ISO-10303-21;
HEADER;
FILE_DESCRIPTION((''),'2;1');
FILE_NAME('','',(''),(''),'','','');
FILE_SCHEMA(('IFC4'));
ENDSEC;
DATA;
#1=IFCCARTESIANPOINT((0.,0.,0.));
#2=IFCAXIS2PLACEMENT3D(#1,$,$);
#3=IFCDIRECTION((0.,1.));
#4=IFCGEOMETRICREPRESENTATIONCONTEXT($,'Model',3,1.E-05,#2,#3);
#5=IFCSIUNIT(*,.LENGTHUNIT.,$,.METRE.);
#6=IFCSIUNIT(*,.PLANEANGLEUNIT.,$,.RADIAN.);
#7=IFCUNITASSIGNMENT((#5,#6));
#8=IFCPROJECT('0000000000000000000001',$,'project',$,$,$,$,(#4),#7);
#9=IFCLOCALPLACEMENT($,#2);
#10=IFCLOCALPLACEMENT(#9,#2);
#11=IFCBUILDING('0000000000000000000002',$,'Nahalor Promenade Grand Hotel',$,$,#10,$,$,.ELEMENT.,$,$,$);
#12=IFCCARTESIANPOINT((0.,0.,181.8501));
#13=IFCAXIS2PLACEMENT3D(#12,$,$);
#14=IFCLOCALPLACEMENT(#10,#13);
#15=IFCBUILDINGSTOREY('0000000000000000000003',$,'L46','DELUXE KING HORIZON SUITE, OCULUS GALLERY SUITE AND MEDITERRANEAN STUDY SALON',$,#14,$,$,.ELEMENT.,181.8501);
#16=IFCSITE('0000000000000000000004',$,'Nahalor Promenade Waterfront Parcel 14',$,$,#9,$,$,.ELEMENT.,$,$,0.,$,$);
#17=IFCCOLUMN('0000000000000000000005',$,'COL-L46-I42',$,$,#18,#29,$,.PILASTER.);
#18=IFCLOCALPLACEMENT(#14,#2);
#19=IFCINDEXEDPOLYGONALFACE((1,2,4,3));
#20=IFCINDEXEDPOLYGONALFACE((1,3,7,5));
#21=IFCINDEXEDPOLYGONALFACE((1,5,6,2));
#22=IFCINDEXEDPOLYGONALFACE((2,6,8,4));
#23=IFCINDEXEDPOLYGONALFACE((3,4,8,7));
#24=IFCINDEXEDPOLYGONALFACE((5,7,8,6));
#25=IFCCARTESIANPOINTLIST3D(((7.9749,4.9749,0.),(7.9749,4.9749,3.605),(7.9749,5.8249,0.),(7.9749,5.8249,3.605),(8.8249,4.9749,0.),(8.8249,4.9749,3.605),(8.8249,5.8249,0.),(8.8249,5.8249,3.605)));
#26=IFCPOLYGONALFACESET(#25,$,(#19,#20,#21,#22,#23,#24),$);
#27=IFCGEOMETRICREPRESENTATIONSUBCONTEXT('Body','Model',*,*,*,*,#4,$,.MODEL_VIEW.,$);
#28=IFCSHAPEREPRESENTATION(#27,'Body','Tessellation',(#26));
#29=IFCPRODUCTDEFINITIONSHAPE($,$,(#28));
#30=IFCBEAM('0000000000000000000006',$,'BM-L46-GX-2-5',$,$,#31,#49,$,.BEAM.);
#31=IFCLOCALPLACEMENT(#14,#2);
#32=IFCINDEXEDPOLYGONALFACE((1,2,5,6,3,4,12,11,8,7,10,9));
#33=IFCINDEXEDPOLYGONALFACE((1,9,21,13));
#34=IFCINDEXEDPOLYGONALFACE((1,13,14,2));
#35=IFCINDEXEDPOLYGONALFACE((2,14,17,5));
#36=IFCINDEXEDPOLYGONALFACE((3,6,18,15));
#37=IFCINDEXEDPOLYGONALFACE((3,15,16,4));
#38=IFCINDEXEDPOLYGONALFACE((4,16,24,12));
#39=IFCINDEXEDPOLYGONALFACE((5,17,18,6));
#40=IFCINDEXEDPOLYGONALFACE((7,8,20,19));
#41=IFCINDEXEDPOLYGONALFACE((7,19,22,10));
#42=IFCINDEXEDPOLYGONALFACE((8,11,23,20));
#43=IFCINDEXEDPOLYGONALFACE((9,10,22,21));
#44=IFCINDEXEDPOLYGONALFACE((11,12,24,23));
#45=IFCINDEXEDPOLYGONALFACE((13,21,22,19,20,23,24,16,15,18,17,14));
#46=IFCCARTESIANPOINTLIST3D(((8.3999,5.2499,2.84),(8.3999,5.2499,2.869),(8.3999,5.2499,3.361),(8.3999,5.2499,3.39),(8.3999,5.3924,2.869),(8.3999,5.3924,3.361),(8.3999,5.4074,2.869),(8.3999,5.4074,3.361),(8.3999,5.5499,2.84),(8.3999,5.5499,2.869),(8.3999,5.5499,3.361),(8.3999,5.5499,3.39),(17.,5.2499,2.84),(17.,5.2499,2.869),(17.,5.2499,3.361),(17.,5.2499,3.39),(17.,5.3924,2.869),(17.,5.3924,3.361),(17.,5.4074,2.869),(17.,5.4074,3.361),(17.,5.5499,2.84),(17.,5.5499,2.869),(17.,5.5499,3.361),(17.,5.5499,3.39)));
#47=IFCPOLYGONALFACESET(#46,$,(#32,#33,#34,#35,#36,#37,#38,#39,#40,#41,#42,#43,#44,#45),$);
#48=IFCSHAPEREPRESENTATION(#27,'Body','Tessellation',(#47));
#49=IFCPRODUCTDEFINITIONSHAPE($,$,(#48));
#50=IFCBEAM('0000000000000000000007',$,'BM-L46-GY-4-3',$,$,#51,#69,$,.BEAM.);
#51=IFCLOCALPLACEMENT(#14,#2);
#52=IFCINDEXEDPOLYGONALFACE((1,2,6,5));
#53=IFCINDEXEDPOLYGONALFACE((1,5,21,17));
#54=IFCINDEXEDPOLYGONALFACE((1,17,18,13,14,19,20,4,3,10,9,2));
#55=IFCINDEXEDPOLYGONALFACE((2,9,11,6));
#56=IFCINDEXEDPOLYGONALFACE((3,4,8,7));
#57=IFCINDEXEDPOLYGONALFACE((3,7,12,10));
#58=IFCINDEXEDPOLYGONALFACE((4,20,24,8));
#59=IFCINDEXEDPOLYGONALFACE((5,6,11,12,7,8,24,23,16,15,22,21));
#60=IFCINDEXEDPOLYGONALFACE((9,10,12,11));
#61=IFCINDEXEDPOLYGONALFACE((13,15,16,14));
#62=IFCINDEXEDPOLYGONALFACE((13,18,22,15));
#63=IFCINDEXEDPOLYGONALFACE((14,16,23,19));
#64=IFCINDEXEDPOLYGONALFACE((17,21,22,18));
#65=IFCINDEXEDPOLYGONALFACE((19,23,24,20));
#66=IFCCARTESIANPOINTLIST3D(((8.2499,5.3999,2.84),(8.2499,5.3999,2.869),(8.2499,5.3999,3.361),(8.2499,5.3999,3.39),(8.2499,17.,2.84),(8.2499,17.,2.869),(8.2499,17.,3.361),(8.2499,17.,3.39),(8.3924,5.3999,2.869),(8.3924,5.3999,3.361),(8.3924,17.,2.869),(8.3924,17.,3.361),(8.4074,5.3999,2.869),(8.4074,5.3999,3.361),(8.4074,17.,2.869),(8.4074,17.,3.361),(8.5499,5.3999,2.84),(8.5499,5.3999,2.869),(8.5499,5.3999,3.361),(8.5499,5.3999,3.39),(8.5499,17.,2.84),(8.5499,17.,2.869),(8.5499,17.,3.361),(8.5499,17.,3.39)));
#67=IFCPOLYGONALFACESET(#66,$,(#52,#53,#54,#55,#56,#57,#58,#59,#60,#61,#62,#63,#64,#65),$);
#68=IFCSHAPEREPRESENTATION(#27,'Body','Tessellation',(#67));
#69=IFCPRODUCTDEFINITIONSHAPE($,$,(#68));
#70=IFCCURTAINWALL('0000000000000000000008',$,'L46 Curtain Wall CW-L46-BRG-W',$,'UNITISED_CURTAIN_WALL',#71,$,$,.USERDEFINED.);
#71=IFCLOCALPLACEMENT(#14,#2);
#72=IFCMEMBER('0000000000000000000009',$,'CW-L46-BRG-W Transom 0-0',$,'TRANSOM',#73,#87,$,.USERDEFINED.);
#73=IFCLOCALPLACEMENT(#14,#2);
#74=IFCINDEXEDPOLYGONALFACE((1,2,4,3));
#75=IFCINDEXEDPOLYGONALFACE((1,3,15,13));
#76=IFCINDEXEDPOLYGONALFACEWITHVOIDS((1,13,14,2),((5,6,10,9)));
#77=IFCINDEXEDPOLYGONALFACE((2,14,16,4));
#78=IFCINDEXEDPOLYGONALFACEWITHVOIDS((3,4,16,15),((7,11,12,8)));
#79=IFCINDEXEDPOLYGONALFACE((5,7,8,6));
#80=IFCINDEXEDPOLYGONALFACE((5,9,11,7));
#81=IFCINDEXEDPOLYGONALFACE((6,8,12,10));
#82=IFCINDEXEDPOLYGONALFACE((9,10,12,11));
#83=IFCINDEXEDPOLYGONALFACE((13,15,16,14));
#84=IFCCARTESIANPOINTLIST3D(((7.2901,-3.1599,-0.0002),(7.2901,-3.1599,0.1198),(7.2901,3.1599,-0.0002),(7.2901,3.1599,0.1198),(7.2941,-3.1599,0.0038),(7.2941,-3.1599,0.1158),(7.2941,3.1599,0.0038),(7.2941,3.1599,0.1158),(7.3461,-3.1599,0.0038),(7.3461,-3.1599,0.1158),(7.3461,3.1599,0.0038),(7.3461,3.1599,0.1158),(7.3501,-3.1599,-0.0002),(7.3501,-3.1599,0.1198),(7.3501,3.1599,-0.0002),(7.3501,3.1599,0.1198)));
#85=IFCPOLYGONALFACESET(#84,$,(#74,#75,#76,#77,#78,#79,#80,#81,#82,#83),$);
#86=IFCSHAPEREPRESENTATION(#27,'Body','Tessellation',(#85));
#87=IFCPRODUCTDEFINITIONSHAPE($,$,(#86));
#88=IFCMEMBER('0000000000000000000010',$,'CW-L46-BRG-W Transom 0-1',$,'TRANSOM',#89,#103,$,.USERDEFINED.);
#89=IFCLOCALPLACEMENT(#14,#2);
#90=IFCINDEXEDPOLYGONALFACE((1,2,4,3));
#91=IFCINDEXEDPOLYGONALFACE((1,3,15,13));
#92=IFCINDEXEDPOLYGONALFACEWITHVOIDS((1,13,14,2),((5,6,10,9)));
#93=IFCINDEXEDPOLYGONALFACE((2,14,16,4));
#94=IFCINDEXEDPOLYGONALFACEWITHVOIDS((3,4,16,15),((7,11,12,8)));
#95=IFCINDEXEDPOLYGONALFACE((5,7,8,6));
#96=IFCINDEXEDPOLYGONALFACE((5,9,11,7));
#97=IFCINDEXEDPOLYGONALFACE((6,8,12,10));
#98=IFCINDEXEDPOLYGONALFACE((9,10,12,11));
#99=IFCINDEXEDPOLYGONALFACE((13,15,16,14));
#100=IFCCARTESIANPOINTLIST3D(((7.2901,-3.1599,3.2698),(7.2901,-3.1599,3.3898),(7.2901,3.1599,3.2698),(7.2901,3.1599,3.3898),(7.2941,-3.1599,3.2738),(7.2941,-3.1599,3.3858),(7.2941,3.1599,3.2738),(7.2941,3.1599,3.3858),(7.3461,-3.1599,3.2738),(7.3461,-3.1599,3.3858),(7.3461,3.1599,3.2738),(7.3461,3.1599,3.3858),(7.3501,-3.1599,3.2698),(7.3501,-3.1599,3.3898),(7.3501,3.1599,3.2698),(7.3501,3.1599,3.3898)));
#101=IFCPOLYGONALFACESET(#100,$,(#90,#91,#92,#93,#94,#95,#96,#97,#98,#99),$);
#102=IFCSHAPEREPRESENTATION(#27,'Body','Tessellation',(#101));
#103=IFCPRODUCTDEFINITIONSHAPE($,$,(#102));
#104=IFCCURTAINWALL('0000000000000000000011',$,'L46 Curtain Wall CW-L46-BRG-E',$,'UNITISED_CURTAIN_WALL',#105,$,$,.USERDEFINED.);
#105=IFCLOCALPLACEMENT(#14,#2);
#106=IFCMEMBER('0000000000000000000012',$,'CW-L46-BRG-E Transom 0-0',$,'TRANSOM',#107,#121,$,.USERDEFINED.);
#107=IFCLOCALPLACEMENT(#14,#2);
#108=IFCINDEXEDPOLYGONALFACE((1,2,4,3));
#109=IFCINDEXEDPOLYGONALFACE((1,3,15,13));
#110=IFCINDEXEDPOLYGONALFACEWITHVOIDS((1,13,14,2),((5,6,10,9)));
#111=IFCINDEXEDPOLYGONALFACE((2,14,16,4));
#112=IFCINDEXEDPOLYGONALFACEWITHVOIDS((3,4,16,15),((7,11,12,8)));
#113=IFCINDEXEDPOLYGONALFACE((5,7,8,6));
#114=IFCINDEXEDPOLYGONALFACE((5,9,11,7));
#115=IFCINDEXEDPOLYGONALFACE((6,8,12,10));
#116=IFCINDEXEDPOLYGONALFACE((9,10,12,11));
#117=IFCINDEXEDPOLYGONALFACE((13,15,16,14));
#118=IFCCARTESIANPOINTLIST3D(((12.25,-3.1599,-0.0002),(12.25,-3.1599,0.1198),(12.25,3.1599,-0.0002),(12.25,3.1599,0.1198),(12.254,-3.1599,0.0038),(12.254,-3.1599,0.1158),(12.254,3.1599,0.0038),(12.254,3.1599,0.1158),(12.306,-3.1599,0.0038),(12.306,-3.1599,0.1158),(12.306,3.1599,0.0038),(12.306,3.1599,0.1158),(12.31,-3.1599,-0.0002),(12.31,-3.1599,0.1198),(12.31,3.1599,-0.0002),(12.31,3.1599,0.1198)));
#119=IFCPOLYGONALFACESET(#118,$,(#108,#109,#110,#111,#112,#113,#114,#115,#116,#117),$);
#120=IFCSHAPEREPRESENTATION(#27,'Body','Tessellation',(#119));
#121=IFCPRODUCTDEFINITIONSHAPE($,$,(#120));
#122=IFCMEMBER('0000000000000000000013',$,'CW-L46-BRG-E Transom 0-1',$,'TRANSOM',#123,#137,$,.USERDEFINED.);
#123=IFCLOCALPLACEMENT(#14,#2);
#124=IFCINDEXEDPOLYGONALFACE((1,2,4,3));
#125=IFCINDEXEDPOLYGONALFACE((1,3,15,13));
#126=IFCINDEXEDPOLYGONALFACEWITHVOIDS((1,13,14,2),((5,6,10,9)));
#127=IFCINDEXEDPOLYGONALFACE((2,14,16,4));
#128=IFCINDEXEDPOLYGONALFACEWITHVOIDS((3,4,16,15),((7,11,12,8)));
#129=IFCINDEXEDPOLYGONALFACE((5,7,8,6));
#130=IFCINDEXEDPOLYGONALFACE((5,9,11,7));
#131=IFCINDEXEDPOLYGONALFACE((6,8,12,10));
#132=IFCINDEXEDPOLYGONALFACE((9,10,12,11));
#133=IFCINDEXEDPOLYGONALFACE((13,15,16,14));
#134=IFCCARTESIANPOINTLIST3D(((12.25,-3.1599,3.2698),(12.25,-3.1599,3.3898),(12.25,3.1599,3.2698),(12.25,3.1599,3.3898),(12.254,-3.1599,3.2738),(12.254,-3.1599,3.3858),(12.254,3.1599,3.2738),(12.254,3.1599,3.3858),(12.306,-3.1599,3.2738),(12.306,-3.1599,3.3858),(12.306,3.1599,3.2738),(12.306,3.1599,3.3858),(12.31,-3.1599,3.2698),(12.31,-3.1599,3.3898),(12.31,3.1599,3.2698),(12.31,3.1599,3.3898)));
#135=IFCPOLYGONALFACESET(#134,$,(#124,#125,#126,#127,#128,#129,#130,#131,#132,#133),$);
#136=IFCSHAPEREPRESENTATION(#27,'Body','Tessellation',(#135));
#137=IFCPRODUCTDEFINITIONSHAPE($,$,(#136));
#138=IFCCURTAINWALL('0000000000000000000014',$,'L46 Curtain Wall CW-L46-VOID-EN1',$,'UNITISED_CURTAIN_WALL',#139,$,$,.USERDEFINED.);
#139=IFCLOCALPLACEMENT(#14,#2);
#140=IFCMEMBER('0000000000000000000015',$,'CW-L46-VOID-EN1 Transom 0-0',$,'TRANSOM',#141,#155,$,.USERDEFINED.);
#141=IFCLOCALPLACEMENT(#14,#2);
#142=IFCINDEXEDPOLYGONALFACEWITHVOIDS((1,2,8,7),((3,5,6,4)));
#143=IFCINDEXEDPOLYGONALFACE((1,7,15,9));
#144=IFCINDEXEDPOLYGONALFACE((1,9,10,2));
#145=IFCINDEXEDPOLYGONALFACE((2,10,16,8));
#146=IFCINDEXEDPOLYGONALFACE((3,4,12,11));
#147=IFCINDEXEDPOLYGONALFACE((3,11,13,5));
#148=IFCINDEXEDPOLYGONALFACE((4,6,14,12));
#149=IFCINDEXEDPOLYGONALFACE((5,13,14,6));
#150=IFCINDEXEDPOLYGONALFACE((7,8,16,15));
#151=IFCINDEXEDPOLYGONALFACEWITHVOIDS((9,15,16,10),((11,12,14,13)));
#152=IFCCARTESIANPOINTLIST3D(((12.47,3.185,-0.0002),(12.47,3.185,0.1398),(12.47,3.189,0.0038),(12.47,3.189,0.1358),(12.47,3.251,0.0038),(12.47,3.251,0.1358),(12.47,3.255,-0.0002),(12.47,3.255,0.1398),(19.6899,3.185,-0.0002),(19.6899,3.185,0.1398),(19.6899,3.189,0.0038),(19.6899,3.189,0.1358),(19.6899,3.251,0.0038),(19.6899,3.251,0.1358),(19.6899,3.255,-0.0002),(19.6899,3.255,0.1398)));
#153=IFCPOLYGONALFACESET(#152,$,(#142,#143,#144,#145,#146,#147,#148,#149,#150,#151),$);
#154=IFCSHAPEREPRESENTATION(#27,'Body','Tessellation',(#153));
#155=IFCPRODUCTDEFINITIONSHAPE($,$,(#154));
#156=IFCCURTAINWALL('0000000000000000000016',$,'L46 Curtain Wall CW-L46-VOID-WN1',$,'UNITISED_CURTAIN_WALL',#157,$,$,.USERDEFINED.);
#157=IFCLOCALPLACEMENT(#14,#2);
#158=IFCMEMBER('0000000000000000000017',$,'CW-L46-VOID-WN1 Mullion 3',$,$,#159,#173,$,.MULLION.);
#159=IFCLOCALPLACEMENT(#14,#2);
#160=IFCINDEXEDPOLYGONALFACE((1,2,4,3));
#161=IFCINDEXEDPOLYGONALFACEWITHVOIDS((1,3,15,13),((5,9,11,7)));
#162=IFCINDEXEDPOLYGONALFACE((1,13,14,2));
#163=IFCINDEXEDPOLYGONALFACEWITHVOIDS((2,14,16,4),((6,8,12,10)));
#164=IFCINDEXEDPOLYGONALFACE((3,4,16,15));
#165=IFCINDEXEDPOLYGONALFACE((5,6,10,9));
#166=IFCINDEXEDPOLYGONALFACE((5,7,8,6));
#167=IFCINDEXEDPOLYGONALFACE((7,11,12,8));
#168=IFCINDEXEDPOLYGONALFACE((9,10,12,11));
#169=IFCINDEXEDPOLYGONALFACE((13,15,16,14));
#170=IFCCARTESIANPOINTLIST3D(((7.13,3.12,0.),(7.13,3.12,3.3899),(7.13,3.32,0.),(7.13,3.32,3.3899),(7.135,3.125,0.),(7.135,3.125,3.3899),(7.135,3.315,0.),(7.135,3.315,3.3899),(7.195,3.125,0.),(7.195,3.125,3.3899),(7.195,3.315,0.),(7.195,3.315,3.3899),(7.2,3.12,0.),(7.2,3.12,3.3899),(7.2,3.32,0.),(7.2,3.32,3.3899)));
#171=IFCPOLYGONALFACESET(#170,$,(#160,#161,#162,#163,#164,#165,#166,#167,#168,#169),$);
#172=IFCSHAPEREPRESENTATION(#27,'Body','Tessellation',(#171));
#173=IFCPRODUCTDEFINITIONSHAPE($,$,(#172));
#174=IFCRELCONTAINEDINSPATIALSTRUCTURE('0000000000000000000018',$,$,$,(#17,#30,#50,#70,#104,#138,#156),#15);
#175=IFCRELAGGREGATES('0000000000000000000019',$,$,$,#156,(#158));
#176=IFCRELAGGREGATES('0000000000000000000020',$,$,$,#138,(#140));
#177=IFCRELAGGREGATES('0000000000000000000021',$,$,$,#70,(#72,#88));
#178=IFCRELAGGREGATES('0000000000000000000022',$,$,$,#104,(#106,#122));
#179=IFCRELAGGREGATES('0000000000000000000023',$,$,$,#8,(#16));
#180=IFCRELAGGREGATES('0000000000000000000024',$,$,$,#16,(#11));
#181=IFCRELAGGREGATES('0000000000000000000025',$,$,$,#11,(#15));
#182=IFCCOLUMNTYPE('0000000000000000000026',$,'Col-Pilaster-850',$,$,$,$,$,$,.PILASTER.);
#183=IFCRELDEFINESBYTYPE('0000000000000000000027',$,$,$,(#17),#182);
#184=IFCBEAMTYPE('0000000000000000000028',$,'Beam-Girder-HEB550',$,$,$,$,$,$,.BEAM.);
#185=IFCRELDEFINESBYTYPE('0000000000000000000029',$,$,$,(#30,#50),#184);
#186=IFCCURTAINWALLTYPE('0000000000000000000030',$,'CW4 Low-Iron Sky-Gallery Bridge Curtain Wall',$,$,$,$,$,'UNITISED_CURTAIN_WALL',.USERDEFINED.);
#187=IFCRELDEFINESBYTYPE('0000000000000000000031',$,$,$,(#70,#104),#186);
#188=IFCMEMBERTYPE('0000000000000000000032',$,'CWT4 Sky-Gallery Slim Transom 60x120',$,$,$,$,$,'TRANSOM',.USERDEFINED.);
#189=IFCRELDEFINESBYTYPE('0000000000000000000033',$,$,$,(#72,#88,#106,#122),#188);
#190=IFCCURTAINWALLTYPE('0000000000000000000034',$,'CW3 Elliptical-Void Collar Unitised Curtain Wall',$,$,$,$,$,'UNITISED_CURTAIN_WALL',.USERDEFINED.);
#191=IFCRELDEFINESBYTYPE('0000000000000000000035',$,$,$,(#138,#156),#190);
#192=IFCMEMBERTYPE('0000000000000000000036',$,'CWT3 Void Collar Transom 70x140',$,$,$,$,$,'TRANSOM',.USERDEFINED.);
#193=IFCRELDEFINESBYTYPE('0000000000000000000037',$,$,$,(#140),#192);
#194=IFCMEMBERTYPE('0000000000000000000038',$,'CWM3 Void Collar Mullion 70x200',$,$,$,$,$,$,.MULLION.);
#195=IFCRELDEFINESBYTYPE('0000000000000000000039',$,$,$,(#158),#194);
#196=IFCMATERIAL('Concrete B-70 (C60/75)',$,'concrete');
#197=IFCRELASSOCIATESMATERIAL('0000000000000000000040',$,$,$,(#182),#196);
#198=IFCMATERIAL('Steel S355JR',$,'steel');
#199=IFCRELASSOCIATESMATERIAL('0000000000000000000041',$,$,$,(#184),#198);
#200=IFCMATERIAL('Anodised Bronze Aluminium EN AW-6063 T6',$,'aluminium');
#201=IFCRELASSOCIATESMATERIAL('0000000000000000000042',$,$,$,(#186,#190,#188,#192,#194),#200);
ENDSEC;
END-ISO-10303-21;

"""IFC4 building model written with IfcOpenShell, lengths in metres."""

from ifc_helpers import new_model, si_unit, direction, frame, origin, origin_2d, place, context, subcontext, project, spatial, rectangle, hollow_rectangle, i_section, extrude, source, transform, mapped, material, material_profile, profile_set, type_object, element, aggregate, save


model = new_model("IFC4")

# Units and contexts
model_context = context("Model", 3, precision=1e-05, world=origin(), true_north=direction((0.0, 1.0)))
body_context = subcontext(model_context, "Body", "Model", "MODEL_VIEW")
ifc_project = project(units=[si_unit("LENGTHUNIT", "METRE"), si_unit("PLANEANGLEUNIT", "RADIAN")], contexts=[model_context])

# Site, building, storey
site_placement = place(None, origin())
site = spatial("IfcSite", under=ifc_project, at=site_placement, Name="Nahalor Promenade Waterfront Parcel 14", CompositionType="ELEMENT", RefElevation=0.0)
building_placement = place(site_placement, origin())
building = spatial("IfcBuilding", under=site, at=building_placement, Name="Nahalor Promenade Grand Hotel", CompositionType="ELEMENT")
storey_placement = place(building_placement, frame((0.0, 0.0, 181.8501)))
storey = spatial("IfcBuildingStorey", under=building, at=storey_placement, Name="L46", Description="DELUXE KING HORIZON SUITE, OCULUS GALLERY SUITE AND MEDITERRANEAN STUDY SALON", CompositionType="ELEMENT", Elevation=181.8501)

# Column
ifc_material_1 = material(Name="Concrete B-70 (C60/75)", Category="concrete")
ifc_material_profile_1 = material_profile(ifc_material_1, rectangle(XDim=0.85, YDim=0.85, at=origin_2d()), Name="RC 850x850")
ifc_profile_set_1 = profile_set([ifc_material_profile_1], Name="Concrete B-70 (C60/75)")
column_type = type_object("IfcColumnType", Name="Col-Pilaster-850", PredefinedType="PILASTER", material=ifc_profile_set_1)
shared_shape_1 = source(origin(), body_context, "Body", "SweptSolid", [
    extrude(rectangle(XDim=0.85, YDim=0.85, at=origin_2d()), origin(), (0.0, 0.0, 1.0), 3.605),
])
column_placement = place(storey_placement, frame((8.3999, 5.3999, 0.0), z_axis=(0.0, 0.0, 1.0), x_axis=(1.0, 0.0, 0.0)))
element("IfcColumn", 1, at=column_placement, inside=storey, type_object=column_type, Name="COL-L46-I42", PredefinedType="PILASTER", context=body_context, shape_type="MappedRepresentation", body=[
    mapped(shared_shape_1, transform((0.0, 0.0, 0.0), scale=1.0)),
])

# Beams
ifc_material_2 = material(Name="Steel S355JR", Category="steel")
ifc_material_profile_2 = material_profile(ifc_material_2, i_section(OverallWidth=0.3, OverallDepth=0.55, WebThickness=0.015, FlangeThickness=0.029, at=origin_2d()), Name="HEB 550")
ifc_profile_set_2 = profile_set([ifc_material_profile_2], Name="Steel S355JR")
beam_type = type_object("IfcBeamType", Name="Beam-Girder-HEB550", PredefinedType="BEAM", material=ifc_profile_set_2)
shared_shape_2 = source(origin(), body_context, "Body", "SweptSolid", [
    extrude(i_section(OverallWidth=0.3, OverallDepth=0.55, WebThickness=0.015, FlangeThickness=0.029, at=origin_2d()), origin(), (0.0, 0.0, 1.0), 8.6001),
])
beam_1_placement = place(storey_placement, frame((8.3999, 5.3999, 3.115), z_axis=(1.0, 0.0, 0.0), x_axis=(0.0, 1.0, 0.0)))
element("IfcBeam", 2, at=beam_1_placement, inside=storey, type_object=beam_type, Name="BM-L46-GX-2-5", PredefinedType="BEAM", context=body_context, shape_type="MappedRepresentation", body=[
    mapped(shared_shape_2, transform((0.0, 0.0, 0.0), scale=1.0)),
])
shared_shape_3 = source(origin(), body_context, "Body", "SweptSolid", [
    extrude(i_section(OverallWidth=0.3, OverallDepth=0.55, WebThickness=0.015, FlangeThickness=0.029, at=origin_2d()), origin(), (0.0, 0.0, 1.0), 11.6001),
])
beam_2_placement = place(storey_placement, frame((8.3999, 5.3999, 3.115), z_axis=(0.0, 1.0, 0.0), x_axis=(-1.0, 0.0, 0.0)))
element("IfcBeam", 3, at=beam_2_placement, inside=storey, type_object=beam_type, Name="BM-L46-GY-4-3", PredefinedType="BEAM", context=body_context, shape_type="MappedRepresentation", body=[
    mapped(shared_shape_3, transform((0.0, 0.0, 0.0), scale=1.0)),
])

# Curtain walls, members
ifc_material_3 = material(Name="Anodised Bronze Aluminium EN AW-6063 T6", Category="aluminium")
curtain_wall_type_1 = type_object("IfcCurtainWallType", Name="CW4 Low-Iron Sky-Gallery Bridge Curtain Wall", ElementType="UNITISED_CURTAIN_WALL", PredefinedType="USERDEFINED", material=ifc_material_3)
curtain_wall_1_placement = place(storey_placement, origin())
curtain_wall_1 = element("IfcCurtainWall", 4, at=curtain_wall_1_placement, inside=storey, type_object=curtain_wall_type_1, Name="L46 Curtain Wall CW-L46-BRG-W", ObjectType="UNITISED_CURTAIN_WALL", PredefinedType="USERDEFINED")
ifc_material_profile_3 = material_profile(ifc_material_3, hollow_rectangle(XDim=0.06, YDim=0.12, WallThickness=0.004, at=origin_2d()), Name="CWT 60x120x4")
ifc_profile_set_3 = profile_set([ifc_material_profile_3], Name="Anodised Bronze Aluminium EN AW-6063 T6")
member_type_1 = type_object("IfcMemberType", Name="CWT4 Sky-Gallery Slim Transom 60x120", ElementType="TRANSOM", PredefinedType="USERDEFINED", material=ifc_profile_set_3)
shared_shape_4 = source(origin(), body_context, "Body", "SweptSolid", [
    extrude(hollow_rectangle(XDim=0.06, YDim=0.12, WallThickness=0.004, at=origin_2d()), origin(), (0.0, 0.0, 1.0), 6.3198),
])
member_1_placement = place(storey_placement, frame((7.3201, -3.1599, 0.0598), z_axis=(0.0, 1.0, 0.0), x_axis=(-1.0, 0.0, 0.0)))
member_1 = element("IfcMember", 5, at=member_1_placement, type_object=member_type_1, Name="CW-L46-BRG-W Transom 0-0", ObjectType="TRANSOM", PredefinedType="USERDEFINED", context=body_context, shape_type="MappedRepresentation", body=[
    mapped(shared_shape_4, transform((0.0, 0.0, 0.0), scale=1.0)),
])
member_2_placement = place(storey_placement, frame((7.3201, -3.1599, 3.3298), z_axis=(0.0, 1.0, 0.0), x_axis=(-1.0, 0.0, 0.0)))
member_2 = element("IfcMember", 6, at=member_2_placement, type_object=member_type_1, Name="CW-L46-BRG-W Transom 0-1", ObjectType="TRANSOM", PredefinedType="USERDEFINED", context=body_context, shape_type="MappedRepresentation", body=[
    mapped(shared_shape_4, transform((0.0, 0.0, 0.0), scale=1.0)),
])
curtain_wall_2_placement = place(storey_placement, origin())
curtain_wall_2 = element("IfcCurtainWall", 7, at=curtain_wall_2_placement, inside=storey, type_object=curtain_wall_type_1, Name="L46 Curtain Wall CW-L46-BRG-E", ObjectType="UNITISED_CURTAIN_WALL", PredefinedType="USERDEFINED")
member_3_placement = place(storey_placement, frame((12.28, -3.1599, 0.0598), z_axis=(0.0, 1.0, 0.0), x_axis=(-1.0, 0.0, 0.0)))
member_3 = element("IfcMember", 8, at=member_3_placement, type_object=member_type_1, Name="CW-L46-BRG-E Transom 0-0", ObjectType="TRANSOM", PredefinedType="USERDEFINED", context=body_context, shape_type="MappedRepresentation", body=[
    mapped(shared_shape_4, transform((0.0, 0.0, 0.0), scale=1.0)),
])
member_4_placement = place(storey_placement, frame((12.28, -3.1599, 3.3298), z_axis=(0.0, 1.0, 0.0), x_axis=(-1.0, 0.0, 0.0)))
member_4 = element("IfcMember", 9, at=member_4_placement, type_object=member_type_1, Name="CW-L46-BRG-E Transom 0-1", ObjectType="TRANSOM", PredefinedType="USERDEFINED", context=body_context, shape_type="MappedRepresentation", body=[
    mapped(shared_shape_4, transform((0.0, 0.0, 0.0), scale=1.0)),
])

# Curtain walls, members
curtain_wall_type_2 = type_object("IfcCurtainWallType", Name="CW3 Elliptical-Void Collar Unitised Curtain Wall", ElementType="UNITISED_CURTAIN_WALL", PredefinedType="USERDEFINED", material=ifc_material_3)
curtain_wall_3_placement = place(storey_placement, origin())
curtain_wall_3 = element("IfcCurtainWall", 10, at=curtain_wall_3_placement, inside=storey, type_object=curtain_wall_type_2, Name="L46 Curtain Wall CW-L46-VOID-EN1", ObjectType="UNITISED_CURTAIN_WALL", PredefinedType="USERDEFINED")
ifc_material_profile_4 = material_profile(ifc_material_3, hollow_rectangle(XDim=0.07, YDim=0.14, WallThickness=0.004, at=origin_2d()), Name="CWT 70x140x4")
ifc_profile_set_4 = profile_set([ifc_material_profile_4], Name="Anodised Bronze Aluminium EN AW-6063 T6")
member_type_2 = type_object("IfcMemberType", Name="CWT3 Void Collar Transom 70x140", ElementType="TRANSOM", PredefinedType="USERDEFINED", material=ifc_profile_set_4)
shared_shape_5 = source(origin(), body_context, "Body", "SweptSolid", [
    extrude(hollow_rectangle(XDim=0.07, YDim=0.14, WallThickness=0.004, at=origin_2d()), origin(), (0.0, 0.0, 1.0), 7.22),
])
member_5_placement = place(storey_placement, frame((12.47, 3.22, 0.0698), z_axis=(1.0, 0.0, 0.0), x_axis=(0.0, 1.0, 0.0)))
member_5 = element("IfcMember", 11, at=member_5_placement, type_object=member_type_2, Name="CW-L46-VOID-EN1 Transom 0-0", ObjectType="TRANSOM", PredefinedType="USERDEFINED", context=body_context, shape_type="MappedRepresentation", body=[
    mapped(shared_shape_5, transform((0.0, 0.0, 0.0), scale=1.0)),
])
curtain_wall_4_placement = place(storey_placement, origin())
curtain_wall_4 = element("IfcCurtainWall", 12, at=curtain_wall_4_placement, inside=storey, type_object=curtain_wall_type_2, Name="L46 Curtain Wall CW-L46-VOID-WN1", ObjectType="UNITISED_CURTAIN_WALL", PredefinedType="USERDEFINED")
ifc_material_profile_5 = material_profile(ifc_material_3, hollow_rectangle(XDim=0.07, YDim=0.2, WallThickness=0.005, at=origin_2d()), Name="CWM 70x200x5")
ifc_profile_set_5 = profile_set([ifc_material_profile_5], Name="Anodised Bronze Aluminium EN AW-6063 T6")
member_type_3 = type_object("IfcMemberType", Name="CWM3 Void Collar Mullion 70x200", PredefinedType="MULLION", material=ifc_profile_set_5)
shared_shape_6 = source(origin(), body_context, "Body", "SweptSolid", [
    extrude(hollow_rectangle(XDim=0.07, YDim=0.2, WallThickness=0.005, at=origin_2d()), origin(), (0.0, 0.0, 1.0), 3.3899),
])
member_6_placement = place(storey_placement, frame((7.165, 3.22, 0.0), z_axis=(0.0, 0.0, 1.0), x_axis=(1.0, 0.0, 0.0)))
member_6 = element("IfcMember", 13, at=member_6_placement, type_object=member_type_3, Name="CW-L46-VOID-WN1 Mullion 3", PredefinedType="MULLION", context=body_context, shape_type="MappedRepresentation", body=[
    mapped(shared_shape_6, transform((0.0, 0.0, 0.0), scale=1.0)),
])
aggregate(curtain_wall_4, [member_6])

aggregate(curtain_wall_3, [member_5])

aggregate(curtain_wall_1, [member_1, member_2])
aggregate(curtain_wall_2, [member_3, member_4])

save(model, "model.ifc")
